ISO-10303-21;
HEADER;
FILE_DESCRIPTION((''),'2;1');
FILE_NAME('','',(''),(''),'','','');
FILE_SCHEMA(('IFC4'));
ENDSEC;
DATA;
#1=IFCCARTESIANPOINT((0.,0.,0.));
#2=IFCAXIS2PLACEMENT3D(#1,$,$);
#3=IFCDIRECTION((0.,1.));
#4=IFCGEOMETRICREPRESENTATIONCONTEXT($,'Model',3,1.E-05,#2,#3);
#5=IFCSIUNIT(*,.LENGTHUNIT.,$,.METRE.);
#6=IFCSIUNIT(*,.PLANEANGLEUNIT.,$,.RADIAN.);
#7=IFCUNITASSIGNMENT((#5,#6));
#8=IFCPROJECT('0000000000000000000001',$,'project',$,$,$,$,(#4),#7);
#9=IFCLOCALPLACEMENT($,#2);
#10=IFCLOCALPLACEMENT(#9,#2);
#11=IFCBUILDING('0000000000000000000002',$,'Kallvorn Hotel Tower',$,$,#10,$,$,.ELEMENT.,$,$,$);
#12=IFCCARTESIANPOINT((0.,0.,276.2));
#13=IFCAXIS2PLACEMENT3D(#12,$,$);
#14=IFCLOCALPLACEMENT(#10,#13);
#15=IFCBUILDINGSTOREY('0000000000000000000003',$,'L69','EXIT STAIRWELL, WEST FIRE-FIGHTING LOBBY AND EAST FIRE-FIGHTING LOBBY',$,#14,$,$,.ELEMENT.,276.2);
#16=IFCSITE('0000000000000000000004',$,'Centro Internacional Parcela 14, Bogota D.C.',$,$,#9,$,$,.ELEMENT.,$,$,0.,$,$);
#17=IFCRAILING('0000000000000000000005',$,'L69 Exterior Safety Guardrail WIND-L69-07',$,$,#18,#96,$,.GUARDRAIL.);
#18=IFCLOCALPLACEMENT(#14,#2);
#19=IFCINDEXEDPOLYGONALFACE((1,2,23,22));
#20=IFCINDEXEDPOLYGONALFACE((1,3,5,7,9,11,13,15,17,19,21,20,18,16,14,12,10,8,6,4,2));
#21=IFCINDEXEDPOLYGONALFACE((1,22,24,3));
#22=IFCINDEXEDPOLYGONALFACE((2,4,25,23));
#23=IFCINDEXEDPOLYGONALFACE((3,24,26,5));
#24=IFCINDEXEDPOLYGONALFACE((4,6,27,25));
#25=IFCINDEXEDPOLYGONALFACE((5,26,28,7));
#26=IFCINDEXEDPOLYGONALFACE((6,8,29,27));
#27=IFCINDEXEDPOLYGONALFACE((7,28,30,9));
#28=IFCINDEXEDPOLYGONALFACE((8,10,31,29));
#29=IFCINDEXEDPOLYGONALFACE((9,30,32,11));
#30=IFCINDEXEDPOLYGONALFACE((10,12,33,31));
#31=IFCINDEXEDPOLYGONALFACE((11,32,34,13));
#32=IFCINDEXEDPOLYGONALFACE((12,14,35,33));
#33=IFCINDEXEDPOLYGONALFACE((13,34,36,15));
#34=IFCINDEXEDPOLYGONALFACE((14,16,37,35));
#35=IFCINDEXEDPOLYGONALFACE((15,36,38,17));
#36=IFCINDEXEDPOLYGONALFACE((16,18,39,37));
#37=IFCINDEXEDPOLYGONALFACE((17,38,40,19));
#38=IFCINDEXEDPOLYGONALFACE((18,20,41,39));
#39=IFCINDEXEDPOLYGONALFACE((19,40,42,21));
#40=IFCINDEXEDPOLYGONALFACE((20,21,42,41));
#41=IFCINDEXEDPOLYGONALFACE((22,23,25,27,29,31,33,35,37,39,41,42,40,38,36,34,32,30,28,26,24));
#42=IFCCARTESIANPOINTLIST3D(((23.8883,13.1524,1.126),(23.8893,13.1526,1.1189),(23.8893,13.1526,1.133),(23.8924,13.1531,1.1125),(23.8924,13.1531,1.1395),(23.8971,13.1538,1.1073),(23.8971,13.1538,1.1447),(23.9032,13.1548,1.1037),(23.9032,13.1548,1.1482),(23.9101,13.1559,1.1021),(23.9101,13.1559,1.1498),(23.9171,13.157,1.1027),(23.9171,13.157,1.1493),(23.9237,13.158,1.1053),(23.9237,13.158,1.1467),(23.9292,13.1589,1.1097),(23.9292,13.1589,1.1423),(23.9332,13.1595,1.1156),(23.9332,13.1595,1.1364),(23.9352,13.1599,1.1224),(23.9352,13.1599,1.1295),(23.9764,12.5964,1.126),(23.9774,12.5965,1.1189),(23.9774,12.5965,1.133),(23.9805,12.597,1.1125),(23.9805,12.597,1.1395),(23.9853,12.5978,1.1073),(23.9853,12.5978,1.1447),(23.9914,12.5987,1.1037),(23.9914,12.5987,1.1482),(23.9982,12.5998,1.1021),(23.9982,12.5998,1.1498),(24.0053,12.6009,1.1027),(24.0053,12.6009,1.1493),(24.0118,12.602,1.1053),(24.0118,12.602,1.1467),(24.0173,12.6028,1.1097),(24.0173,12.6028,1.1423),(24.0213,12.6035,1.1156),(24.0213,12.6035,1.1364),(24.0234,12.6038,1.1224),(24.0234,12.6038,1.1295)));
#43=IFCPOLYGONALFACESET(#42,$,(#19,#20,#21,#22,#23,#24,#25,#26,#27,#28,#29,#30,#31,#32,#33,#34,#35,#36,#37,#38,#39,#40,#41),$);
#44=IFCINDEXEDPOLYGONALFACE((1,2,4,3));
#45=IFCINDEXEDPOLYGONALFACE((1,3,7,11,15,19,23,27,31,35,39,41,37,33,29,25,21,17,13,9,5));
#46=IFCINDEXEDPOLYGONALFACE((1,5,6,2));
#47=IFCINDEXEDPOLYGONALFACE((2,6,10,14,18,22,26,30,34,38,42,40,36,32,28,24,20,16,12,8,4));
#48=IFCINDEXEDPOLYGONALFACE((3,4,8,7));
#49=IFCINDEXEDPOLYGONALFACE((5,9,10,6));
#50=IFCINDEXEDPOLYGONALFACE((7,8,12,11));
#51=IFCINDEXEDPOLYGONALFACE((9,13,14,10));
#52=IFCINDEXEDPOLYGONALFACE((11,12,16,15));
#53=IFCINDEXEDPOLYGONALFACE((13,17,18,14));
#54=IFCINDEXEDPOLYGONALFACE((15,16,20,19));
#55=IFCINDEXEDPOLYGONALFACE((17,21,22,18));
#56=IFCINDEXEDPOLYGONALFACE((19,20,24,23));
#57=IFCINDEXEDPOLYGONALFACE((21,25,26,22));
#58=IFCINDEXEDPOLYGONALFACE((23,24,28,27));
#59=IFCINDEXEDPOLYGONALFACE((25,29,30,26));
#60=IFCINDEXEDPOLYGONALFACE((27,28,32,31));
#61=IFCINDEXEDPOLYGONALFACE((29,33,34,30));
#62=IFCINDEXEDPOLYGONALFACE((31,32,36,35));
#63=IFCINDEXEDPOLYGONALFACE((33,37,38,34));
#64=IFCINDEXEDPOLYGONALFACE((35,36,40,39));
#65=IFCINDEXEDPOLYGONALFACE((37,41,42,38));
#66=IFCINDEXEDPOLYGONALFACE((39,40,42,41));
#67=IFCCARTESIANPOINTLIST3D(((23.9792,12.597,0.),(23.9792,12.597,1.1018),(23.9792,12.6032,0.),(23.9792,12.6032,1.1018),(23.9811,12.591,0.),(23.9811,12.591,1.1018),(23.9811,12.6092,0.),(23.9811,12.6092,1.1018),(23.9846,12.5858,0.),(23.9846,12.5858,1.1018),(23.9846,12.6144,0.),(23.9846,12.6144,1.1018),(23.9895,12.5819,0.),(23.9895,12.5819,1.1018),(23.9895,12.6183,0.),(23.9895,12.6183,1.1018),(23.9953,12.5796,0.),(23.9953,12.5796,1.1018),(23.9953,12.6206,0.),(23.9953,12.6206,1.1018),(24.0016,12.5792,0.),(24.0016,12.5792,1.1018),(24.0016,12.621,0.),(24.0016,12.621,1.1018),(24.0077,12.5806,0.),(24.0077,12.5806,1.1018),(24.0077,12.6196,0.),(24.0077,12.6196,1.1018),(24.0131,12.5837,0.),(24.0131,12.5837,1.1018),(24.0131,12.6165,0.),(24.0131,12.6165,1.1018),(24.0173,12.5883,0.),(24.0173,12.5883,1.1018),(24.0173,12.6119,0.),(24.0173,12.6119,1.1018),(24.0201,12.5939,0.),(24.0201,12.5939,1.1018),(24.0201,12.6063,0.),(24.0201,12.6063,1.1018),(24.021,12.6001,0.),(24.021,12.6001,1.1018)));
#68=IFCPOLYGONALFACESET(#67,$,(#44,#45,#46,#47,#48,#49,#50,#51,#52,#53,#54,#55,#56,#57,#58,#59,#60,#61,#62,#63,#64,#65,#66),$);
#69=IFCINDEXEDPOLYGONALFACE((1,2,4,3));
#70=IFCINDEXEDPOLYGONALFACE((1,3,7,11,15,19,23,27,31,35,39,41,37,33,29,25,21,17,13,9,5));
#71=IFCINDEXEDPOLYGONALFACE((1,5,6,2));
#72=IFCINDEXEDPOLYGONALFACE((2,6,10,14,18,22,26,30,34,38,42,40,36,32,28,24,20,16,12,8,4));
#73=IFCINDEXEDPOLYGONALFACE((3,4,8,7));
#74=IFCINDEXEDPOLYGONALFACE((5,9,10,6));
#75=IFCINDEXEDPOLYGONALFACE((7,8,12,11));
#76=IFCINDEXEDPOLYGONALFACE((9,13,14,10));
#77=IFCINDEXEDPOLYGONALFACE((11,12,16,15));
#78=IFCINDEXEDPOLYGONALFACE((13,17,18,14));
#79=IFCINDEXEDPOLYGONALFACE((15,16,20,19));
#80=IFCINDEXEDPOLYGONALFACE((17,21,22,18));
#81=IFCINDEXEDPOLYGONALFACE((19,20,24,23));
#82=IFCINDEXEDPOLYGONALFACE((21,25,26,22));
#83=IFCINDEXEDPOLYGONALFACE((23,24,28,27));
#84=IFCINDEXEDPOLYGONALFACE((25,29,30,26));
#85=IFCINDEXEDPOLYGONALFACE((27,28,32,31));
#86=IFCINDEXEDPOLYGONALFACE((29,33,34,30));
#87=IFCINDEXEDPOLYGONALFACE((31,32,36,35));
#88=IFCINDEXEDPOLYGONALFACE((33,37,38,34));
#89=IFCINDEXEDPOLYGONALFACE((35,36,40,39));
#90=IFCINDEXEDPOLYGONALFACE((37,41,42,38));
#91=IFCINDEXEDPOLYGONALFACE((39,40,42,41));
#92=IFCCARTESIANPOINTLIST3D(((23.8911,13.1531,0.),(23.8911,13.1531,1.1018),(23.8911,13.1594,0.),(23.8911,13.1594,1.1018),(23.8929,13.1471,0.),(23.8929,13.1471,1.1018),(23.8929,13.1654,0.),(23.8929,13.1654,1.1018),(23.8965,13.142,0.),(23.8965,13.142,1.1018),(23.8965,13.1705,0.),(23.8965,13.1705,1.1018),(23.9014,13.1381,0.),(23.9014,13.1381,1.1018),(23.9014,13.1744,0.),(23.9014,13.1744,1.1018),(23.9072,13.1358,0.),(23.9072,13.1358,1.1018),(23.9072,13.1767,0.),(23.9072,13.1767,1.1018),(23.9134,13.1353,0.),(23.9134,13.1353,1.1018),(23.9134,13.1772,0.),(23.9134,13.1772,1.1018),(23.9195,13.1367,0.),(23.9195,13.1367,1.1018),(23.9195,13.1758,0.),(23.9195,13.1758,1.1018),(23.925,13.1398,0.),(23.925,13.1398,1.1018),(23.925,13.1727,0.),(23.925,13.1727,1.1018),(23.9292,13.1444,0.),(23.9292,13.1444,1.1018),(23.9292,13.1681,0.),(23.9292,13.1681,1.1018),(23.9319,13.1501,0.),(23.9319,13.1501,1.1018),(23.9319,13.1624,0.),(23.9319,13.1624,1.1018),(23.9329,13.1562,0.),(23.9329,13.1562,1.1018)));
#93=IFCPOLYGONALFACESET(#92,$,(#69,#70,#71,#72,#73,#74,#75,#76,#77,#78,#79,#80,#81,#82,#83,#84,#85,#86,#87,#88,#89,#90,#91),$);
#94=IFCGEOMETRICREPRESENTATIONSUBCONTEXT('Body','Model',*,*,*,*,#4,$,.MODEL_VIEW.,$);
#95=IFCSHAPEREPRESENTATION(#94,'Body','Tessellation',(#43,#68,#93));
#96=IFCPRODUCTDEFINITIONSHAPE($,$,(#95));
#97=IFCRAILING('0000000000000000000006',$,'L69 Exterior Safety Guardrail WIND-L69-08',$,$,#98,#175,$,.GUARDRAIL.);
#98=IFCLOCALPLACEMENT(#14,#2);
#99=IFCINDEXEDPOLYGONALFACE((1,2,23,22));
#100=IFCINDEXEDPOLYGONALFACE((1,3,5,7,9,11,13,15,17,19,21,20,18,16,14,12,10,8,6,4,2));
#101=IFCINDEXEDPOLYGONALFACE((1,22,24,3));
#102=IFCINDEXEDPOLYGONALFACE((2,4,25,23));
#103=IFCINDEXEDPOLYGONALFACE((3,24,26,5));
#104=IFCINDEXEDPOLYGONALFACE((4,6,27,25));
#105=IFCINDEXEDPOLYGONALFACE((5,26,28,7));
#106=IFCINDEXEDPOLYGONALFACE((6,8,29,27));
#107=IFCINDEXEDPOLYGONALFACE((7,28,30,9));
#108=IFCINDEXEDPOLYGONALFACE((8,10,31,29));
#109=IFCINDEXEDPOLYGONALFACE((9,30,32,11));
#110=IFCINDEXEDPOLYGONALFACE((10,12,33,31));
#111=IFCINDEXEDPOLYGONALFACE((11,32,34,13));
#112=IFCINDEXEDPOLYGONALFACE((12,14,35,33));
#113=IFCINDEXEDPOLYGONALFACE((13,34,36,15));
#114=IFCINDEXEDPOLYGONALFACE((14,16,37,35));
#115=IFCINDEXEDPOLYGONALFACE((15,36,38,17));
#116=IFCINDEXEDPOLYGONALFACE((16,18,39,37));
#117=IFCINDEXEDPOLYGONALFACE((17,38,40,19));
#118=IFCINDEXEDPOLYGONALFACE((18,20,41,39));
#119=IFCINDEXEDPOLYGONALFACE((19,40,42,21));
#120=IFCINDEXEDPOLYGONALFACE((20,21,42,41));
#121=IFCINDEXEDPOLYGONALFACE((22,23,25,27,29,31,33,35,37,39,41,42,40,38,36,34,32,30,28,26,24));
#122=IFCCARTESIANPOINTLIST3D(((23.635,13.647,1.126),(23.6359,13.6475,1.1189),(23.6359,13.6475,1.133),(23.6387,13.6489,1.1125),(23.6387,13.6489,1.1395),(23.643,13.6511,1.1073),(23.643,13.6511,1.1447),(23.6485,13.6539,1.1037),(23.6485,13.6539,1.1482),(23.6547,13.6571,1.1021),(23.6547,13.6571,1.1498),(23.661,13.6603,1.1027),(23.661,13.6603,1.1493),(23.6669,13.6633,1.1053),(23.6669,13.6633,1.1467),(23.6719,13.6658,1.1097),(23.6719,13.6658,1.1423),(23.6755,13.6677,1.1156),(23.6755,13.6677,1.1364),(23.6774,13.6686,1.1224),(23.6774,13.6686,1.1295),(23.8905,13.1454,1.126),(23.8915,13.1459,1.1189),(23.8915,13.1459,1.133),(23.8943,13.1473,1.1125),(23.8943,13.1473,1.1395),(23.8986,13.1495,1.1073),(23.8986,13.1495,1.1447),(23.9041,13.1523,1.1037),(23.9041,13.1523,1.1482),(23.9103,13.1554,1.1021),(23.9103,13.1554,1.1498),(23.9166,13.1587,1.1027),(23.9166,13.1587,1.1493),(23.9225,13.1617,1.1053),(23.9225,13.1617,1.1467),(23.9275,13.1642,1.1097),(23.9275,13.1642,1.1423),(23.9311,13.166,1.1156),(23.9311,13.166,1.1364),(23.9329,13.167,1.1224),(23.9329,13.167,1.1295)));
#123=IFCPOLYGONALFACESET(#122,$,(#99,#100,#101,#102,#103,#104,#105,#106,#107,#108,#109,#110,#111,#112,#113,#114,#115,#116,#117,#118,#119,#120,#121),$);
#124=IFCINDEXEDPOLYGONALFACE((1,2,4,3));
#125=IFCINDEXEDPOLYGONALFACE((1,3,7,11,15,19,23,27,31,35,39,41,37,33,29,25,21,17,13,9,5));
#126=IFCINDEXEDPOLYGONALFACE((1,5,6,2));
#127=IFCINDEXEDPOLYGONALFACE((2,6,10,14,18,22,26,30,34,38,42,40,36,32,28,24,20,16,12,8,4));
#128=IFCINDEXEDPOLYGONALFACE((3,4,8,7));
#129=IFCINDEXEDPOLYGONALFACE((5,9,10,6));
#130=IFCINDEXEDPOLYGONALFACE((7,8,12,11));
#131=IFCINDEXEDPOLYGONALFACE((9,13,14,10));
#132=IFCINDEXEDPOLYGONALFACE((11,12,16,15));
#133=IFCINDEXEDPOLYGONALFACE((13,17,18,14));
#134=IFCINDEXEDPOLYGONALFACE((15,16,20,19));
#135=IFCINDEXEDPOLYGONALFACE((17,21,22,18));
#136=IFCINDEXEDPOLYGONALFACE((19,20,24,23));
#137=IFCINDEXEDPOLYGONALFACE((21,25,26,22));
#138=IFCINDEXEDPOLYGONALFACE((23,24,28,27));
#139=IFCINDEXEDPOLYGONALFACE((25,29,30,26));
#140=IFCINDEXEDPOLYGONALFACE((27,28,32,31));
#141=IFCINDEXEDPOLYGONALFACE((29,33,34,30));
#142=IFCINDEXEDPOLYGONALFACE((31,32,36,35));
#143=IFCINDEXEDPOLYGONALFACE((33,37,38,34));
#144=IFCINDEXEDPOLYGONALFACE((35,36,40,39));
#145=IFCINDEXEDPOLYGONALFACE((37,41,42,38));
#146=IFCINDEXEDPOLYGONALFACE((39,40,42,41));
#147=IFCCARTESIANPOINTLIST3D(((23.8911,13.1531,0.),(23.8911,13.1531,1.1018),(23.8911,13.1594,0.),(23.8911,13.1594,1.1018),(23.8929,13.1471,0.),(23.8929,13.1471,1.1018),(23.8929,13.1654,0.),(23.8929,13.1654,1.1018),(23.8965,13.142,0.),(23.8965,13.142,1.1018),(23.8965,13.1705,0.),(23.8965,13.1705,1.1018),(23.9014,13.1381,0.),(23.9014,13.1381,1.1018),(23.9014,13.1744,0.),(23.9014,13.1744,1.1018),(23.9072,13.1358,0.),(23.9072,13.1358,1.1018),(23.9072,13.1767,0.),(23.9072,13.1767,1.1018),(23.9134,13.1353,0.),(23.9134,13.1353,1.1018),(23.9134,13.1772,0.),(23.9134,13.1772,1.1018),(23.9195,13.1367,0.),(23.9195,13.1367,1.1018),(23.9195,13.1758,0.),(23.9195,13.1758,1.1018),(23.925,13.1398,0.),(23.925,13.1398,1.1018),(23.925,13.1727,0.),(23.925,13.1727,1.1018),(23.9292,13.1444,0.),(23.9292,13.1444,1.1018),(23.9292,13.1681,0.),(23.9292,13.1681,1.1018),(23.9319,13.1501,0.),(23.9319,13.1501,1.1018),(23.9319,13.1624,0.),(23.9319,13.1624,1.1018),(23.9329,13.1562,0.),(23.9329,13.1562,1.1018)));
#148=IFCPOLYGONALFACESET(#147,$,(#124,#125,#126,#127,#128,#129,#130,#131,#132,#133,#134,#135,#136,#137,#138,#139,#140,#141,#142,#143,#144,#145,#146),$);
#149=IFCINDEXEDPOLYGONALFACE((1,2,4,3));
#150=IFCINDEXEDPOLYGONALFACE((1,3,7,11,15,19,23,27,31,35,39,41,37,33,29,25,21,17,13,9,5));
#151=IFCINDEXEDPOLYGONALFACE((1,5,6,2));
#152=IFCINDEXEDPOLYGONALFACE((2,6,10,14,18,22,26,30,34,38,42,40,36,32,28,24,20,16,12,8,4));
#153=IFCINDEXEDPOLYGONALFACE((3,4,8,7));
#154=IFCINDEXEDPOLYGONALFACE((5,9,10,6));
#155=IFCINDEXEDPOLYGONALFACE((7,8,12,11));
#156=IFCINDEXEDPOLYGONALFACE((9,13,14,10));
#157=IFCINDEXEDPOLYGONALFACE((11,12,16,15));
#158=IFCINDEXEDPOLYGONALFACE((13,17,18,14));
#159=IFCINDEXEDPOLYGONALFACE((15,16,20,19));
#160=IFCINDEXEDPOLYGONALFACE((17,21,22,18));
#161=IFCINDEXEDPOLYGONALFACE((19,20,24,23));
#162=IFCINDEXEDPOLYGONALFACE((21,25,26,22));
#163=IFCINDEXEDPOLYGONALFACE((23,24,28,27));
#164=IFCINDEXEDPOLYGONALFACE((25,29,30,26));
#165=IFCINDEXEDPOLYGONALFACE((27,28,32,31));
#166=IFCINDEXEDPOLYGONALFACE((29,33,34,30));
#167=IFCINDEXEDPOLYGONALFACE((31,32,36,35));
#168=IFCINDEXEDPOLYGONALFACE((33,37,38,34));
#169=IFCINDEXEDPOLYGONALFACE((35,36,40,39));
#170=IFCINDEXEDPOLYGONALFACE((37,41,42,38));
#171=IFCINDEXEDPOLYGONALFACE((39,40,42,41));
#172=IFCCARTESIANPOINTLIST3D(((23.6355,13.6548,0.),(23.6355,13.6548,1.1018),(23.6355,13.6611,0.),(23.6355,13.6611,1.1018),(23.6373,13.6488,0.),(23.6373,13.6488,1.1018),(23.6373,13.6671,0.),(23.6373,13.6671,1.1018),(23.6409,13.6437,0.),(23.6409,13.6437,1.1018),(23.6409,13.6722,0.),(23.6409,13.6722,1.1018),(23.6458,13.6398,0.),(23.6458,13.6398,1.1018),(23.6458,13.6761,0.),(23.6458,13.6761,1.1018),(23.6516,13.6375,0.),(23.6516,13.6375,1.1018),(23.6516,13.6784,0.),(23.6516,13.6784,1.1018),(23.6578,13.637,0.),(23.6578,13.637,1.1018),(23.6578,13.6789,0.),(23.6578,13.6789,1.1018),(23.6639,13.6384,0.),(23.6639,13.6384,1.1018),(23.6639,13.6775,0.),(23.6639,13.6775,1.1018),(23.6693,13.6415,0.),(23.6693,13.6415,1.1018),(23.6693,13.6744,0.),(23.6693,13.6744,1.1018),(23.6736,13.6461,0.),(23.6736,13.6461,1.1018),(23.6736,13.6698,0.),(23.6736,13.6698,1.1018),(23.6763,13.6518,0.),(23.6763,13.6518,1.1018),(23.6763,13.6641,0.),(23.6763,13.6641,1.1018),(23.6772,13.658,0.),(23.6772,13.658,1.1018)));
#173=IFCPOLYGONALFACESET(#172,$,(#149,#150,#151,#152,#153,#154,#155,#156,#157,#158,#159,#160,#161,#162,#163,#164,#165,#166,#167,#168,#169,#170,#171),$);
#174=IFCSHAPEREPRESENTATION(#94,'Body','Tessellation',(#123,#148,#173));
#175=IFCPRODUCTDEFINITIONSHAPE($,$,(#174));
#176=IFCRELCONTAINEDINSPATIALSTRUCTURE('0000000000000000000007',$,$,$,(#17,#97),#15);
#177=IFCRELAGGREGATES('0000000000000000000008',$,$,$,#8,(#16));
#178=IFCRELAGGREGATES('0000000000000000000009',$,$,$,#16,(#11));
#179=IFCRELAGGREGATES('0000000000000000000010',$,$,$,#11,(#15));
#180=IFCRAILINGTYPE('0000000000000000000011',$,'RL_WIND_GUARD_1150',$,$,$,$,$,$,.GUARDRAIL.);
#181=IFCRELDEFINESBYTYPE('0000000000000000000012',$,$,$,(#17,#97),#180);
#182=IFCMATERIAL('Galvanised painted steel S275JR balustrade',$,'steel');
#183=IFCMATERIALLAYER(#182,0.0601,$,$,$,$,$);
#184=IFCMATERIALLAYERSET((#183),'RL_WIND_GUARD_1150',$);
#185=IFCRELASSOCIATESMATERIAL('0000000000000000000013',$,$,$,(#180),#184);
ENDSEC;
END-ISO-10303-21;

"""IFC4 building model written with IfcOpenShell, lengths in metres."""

from ifc_helpers import new_model, si_unit, direction, frame, origin, origin_2d, place, context, subcontext, project, spatial, circle, extrude, material, layer, layer_set, type_object, element, save


model = new_model("IFC4")

# Units and contexts
model_context = context("Model", 3, precision=1e-05, world=origin(), true_north=direction((0.0, 1.0)))
body_context = subcontext(model_context, "Body", "Model", "MODEL_VIEW")
ifc_project = project(units=[si_unit("LENGTHUNIT", "METRE"), si_unit("PLANEANGLEUNIT", "RADIAN")], contexts=[model_context])

# Site, building, storey
site_placement = place(None, origin())
site = spatial("IfcSite", under=ifc_project, at=site_placement, Name="Centro Internacional Parcela 14, Bogota D.C.", CompositionType="ELEMENT", RefElevation=0.0)
building_placement = place(site_placement, origin())
building = spatial("IfcBuilding", under=site, at=building_placement, Name="Kallvorn Hotel Tower", CompositionType="ELEMENT")
storey_placement = place(building_placement, frame((0.0, 0.0, 276.2)))
storey = spatial("IfcBuildingStorey", under=building, at=storey_placement, Name="L69", Description="EXIT STAIRWELL, WEST FIRE-FIGHTING LOBBY AND EAST FIRE-FIGHTING LOBBY", CompositionType="ELEMENT", Elevation=276.2)

# Railings
ifc_material_1 = material(Name="Galvanised painted steel S275JR balustrade", Category="steel")
ifc_layer_1 = layer(ifc_material_1, 0.0601)
ifc_layer_set_1 = layer_set([ifc_layer_1], Name="RL_WIND_GUARD_1150")
railing_type = type_object("IfcRailingType", Name="RL_WIND_GUARD_1150", PredefinedType="GUARDRAIL", material=ifc_layer_set_1)
railing_1_placement = place(storey_placement, frame((24.0, 12.6001, 0.0)))
element("IfcRailing", 1, at=railing_1_placement, inside=storey, type_object=railing_type, Name="L69 Exterior Safety Guardrail WIND-L69-07", PredefinedType="GUARDRAIL", context=body_context, shape_type="SweptSolid", body=[
    extrude(circle(Radius=0.0239, at=origin_2d()), frame((0.0, 0.0, 1.126), z_axis=(-0.156519, 0.987675, 0.0), x_axis=(-0.987675, -0.156519, 0.0)), (0.0, 0.0, 1.0), 0.563),
    extrude(circle(Radius=0.021, at=origin_2d()), origin(), (0.0, 0.0, 1.0), 1.1018),
    extrude(circle(Radius=0.021, at=origin_2d()), frame((-0.0881, 0.5562, 0.0)), (0.0, 0.0, 1.0), 1.1018),
])
railing_2_placement = place(storey_placement, frame((23.9119, 13.1562, 0.0)))
element("IfcRailing", 2, at=railing_2_placement, inside=storey, type_object=railing_type, Name="L69 Exterior Safety Guardrail WIND-L69-08", PredefinedType="GUARDRAIL", context=body_context, shape_type="SweptSolid", body=[
    extrude(circle(Radius=0.0239, at=origin_2d()), frame((0.0, 0.0, 1.126), z_axis=(-0.453965, 0.89102, 0.0), x_axis=(-0.89102, -0.453965, 0.0)), (0.0, 0.0, 1.0), 0.563),
    extrude(circle(Radius=0.021, at=origin_2d()), origin(), (0.0, 0.0, 1.0), 1.1018),
    extrude(circle(Radius=0.021, at=origin_2d()), frame((-0.2556, 0.5017, 0.0)), (0.0, 0.0, 1.0), 1.1018),
])

save(model, "model.ifc")
